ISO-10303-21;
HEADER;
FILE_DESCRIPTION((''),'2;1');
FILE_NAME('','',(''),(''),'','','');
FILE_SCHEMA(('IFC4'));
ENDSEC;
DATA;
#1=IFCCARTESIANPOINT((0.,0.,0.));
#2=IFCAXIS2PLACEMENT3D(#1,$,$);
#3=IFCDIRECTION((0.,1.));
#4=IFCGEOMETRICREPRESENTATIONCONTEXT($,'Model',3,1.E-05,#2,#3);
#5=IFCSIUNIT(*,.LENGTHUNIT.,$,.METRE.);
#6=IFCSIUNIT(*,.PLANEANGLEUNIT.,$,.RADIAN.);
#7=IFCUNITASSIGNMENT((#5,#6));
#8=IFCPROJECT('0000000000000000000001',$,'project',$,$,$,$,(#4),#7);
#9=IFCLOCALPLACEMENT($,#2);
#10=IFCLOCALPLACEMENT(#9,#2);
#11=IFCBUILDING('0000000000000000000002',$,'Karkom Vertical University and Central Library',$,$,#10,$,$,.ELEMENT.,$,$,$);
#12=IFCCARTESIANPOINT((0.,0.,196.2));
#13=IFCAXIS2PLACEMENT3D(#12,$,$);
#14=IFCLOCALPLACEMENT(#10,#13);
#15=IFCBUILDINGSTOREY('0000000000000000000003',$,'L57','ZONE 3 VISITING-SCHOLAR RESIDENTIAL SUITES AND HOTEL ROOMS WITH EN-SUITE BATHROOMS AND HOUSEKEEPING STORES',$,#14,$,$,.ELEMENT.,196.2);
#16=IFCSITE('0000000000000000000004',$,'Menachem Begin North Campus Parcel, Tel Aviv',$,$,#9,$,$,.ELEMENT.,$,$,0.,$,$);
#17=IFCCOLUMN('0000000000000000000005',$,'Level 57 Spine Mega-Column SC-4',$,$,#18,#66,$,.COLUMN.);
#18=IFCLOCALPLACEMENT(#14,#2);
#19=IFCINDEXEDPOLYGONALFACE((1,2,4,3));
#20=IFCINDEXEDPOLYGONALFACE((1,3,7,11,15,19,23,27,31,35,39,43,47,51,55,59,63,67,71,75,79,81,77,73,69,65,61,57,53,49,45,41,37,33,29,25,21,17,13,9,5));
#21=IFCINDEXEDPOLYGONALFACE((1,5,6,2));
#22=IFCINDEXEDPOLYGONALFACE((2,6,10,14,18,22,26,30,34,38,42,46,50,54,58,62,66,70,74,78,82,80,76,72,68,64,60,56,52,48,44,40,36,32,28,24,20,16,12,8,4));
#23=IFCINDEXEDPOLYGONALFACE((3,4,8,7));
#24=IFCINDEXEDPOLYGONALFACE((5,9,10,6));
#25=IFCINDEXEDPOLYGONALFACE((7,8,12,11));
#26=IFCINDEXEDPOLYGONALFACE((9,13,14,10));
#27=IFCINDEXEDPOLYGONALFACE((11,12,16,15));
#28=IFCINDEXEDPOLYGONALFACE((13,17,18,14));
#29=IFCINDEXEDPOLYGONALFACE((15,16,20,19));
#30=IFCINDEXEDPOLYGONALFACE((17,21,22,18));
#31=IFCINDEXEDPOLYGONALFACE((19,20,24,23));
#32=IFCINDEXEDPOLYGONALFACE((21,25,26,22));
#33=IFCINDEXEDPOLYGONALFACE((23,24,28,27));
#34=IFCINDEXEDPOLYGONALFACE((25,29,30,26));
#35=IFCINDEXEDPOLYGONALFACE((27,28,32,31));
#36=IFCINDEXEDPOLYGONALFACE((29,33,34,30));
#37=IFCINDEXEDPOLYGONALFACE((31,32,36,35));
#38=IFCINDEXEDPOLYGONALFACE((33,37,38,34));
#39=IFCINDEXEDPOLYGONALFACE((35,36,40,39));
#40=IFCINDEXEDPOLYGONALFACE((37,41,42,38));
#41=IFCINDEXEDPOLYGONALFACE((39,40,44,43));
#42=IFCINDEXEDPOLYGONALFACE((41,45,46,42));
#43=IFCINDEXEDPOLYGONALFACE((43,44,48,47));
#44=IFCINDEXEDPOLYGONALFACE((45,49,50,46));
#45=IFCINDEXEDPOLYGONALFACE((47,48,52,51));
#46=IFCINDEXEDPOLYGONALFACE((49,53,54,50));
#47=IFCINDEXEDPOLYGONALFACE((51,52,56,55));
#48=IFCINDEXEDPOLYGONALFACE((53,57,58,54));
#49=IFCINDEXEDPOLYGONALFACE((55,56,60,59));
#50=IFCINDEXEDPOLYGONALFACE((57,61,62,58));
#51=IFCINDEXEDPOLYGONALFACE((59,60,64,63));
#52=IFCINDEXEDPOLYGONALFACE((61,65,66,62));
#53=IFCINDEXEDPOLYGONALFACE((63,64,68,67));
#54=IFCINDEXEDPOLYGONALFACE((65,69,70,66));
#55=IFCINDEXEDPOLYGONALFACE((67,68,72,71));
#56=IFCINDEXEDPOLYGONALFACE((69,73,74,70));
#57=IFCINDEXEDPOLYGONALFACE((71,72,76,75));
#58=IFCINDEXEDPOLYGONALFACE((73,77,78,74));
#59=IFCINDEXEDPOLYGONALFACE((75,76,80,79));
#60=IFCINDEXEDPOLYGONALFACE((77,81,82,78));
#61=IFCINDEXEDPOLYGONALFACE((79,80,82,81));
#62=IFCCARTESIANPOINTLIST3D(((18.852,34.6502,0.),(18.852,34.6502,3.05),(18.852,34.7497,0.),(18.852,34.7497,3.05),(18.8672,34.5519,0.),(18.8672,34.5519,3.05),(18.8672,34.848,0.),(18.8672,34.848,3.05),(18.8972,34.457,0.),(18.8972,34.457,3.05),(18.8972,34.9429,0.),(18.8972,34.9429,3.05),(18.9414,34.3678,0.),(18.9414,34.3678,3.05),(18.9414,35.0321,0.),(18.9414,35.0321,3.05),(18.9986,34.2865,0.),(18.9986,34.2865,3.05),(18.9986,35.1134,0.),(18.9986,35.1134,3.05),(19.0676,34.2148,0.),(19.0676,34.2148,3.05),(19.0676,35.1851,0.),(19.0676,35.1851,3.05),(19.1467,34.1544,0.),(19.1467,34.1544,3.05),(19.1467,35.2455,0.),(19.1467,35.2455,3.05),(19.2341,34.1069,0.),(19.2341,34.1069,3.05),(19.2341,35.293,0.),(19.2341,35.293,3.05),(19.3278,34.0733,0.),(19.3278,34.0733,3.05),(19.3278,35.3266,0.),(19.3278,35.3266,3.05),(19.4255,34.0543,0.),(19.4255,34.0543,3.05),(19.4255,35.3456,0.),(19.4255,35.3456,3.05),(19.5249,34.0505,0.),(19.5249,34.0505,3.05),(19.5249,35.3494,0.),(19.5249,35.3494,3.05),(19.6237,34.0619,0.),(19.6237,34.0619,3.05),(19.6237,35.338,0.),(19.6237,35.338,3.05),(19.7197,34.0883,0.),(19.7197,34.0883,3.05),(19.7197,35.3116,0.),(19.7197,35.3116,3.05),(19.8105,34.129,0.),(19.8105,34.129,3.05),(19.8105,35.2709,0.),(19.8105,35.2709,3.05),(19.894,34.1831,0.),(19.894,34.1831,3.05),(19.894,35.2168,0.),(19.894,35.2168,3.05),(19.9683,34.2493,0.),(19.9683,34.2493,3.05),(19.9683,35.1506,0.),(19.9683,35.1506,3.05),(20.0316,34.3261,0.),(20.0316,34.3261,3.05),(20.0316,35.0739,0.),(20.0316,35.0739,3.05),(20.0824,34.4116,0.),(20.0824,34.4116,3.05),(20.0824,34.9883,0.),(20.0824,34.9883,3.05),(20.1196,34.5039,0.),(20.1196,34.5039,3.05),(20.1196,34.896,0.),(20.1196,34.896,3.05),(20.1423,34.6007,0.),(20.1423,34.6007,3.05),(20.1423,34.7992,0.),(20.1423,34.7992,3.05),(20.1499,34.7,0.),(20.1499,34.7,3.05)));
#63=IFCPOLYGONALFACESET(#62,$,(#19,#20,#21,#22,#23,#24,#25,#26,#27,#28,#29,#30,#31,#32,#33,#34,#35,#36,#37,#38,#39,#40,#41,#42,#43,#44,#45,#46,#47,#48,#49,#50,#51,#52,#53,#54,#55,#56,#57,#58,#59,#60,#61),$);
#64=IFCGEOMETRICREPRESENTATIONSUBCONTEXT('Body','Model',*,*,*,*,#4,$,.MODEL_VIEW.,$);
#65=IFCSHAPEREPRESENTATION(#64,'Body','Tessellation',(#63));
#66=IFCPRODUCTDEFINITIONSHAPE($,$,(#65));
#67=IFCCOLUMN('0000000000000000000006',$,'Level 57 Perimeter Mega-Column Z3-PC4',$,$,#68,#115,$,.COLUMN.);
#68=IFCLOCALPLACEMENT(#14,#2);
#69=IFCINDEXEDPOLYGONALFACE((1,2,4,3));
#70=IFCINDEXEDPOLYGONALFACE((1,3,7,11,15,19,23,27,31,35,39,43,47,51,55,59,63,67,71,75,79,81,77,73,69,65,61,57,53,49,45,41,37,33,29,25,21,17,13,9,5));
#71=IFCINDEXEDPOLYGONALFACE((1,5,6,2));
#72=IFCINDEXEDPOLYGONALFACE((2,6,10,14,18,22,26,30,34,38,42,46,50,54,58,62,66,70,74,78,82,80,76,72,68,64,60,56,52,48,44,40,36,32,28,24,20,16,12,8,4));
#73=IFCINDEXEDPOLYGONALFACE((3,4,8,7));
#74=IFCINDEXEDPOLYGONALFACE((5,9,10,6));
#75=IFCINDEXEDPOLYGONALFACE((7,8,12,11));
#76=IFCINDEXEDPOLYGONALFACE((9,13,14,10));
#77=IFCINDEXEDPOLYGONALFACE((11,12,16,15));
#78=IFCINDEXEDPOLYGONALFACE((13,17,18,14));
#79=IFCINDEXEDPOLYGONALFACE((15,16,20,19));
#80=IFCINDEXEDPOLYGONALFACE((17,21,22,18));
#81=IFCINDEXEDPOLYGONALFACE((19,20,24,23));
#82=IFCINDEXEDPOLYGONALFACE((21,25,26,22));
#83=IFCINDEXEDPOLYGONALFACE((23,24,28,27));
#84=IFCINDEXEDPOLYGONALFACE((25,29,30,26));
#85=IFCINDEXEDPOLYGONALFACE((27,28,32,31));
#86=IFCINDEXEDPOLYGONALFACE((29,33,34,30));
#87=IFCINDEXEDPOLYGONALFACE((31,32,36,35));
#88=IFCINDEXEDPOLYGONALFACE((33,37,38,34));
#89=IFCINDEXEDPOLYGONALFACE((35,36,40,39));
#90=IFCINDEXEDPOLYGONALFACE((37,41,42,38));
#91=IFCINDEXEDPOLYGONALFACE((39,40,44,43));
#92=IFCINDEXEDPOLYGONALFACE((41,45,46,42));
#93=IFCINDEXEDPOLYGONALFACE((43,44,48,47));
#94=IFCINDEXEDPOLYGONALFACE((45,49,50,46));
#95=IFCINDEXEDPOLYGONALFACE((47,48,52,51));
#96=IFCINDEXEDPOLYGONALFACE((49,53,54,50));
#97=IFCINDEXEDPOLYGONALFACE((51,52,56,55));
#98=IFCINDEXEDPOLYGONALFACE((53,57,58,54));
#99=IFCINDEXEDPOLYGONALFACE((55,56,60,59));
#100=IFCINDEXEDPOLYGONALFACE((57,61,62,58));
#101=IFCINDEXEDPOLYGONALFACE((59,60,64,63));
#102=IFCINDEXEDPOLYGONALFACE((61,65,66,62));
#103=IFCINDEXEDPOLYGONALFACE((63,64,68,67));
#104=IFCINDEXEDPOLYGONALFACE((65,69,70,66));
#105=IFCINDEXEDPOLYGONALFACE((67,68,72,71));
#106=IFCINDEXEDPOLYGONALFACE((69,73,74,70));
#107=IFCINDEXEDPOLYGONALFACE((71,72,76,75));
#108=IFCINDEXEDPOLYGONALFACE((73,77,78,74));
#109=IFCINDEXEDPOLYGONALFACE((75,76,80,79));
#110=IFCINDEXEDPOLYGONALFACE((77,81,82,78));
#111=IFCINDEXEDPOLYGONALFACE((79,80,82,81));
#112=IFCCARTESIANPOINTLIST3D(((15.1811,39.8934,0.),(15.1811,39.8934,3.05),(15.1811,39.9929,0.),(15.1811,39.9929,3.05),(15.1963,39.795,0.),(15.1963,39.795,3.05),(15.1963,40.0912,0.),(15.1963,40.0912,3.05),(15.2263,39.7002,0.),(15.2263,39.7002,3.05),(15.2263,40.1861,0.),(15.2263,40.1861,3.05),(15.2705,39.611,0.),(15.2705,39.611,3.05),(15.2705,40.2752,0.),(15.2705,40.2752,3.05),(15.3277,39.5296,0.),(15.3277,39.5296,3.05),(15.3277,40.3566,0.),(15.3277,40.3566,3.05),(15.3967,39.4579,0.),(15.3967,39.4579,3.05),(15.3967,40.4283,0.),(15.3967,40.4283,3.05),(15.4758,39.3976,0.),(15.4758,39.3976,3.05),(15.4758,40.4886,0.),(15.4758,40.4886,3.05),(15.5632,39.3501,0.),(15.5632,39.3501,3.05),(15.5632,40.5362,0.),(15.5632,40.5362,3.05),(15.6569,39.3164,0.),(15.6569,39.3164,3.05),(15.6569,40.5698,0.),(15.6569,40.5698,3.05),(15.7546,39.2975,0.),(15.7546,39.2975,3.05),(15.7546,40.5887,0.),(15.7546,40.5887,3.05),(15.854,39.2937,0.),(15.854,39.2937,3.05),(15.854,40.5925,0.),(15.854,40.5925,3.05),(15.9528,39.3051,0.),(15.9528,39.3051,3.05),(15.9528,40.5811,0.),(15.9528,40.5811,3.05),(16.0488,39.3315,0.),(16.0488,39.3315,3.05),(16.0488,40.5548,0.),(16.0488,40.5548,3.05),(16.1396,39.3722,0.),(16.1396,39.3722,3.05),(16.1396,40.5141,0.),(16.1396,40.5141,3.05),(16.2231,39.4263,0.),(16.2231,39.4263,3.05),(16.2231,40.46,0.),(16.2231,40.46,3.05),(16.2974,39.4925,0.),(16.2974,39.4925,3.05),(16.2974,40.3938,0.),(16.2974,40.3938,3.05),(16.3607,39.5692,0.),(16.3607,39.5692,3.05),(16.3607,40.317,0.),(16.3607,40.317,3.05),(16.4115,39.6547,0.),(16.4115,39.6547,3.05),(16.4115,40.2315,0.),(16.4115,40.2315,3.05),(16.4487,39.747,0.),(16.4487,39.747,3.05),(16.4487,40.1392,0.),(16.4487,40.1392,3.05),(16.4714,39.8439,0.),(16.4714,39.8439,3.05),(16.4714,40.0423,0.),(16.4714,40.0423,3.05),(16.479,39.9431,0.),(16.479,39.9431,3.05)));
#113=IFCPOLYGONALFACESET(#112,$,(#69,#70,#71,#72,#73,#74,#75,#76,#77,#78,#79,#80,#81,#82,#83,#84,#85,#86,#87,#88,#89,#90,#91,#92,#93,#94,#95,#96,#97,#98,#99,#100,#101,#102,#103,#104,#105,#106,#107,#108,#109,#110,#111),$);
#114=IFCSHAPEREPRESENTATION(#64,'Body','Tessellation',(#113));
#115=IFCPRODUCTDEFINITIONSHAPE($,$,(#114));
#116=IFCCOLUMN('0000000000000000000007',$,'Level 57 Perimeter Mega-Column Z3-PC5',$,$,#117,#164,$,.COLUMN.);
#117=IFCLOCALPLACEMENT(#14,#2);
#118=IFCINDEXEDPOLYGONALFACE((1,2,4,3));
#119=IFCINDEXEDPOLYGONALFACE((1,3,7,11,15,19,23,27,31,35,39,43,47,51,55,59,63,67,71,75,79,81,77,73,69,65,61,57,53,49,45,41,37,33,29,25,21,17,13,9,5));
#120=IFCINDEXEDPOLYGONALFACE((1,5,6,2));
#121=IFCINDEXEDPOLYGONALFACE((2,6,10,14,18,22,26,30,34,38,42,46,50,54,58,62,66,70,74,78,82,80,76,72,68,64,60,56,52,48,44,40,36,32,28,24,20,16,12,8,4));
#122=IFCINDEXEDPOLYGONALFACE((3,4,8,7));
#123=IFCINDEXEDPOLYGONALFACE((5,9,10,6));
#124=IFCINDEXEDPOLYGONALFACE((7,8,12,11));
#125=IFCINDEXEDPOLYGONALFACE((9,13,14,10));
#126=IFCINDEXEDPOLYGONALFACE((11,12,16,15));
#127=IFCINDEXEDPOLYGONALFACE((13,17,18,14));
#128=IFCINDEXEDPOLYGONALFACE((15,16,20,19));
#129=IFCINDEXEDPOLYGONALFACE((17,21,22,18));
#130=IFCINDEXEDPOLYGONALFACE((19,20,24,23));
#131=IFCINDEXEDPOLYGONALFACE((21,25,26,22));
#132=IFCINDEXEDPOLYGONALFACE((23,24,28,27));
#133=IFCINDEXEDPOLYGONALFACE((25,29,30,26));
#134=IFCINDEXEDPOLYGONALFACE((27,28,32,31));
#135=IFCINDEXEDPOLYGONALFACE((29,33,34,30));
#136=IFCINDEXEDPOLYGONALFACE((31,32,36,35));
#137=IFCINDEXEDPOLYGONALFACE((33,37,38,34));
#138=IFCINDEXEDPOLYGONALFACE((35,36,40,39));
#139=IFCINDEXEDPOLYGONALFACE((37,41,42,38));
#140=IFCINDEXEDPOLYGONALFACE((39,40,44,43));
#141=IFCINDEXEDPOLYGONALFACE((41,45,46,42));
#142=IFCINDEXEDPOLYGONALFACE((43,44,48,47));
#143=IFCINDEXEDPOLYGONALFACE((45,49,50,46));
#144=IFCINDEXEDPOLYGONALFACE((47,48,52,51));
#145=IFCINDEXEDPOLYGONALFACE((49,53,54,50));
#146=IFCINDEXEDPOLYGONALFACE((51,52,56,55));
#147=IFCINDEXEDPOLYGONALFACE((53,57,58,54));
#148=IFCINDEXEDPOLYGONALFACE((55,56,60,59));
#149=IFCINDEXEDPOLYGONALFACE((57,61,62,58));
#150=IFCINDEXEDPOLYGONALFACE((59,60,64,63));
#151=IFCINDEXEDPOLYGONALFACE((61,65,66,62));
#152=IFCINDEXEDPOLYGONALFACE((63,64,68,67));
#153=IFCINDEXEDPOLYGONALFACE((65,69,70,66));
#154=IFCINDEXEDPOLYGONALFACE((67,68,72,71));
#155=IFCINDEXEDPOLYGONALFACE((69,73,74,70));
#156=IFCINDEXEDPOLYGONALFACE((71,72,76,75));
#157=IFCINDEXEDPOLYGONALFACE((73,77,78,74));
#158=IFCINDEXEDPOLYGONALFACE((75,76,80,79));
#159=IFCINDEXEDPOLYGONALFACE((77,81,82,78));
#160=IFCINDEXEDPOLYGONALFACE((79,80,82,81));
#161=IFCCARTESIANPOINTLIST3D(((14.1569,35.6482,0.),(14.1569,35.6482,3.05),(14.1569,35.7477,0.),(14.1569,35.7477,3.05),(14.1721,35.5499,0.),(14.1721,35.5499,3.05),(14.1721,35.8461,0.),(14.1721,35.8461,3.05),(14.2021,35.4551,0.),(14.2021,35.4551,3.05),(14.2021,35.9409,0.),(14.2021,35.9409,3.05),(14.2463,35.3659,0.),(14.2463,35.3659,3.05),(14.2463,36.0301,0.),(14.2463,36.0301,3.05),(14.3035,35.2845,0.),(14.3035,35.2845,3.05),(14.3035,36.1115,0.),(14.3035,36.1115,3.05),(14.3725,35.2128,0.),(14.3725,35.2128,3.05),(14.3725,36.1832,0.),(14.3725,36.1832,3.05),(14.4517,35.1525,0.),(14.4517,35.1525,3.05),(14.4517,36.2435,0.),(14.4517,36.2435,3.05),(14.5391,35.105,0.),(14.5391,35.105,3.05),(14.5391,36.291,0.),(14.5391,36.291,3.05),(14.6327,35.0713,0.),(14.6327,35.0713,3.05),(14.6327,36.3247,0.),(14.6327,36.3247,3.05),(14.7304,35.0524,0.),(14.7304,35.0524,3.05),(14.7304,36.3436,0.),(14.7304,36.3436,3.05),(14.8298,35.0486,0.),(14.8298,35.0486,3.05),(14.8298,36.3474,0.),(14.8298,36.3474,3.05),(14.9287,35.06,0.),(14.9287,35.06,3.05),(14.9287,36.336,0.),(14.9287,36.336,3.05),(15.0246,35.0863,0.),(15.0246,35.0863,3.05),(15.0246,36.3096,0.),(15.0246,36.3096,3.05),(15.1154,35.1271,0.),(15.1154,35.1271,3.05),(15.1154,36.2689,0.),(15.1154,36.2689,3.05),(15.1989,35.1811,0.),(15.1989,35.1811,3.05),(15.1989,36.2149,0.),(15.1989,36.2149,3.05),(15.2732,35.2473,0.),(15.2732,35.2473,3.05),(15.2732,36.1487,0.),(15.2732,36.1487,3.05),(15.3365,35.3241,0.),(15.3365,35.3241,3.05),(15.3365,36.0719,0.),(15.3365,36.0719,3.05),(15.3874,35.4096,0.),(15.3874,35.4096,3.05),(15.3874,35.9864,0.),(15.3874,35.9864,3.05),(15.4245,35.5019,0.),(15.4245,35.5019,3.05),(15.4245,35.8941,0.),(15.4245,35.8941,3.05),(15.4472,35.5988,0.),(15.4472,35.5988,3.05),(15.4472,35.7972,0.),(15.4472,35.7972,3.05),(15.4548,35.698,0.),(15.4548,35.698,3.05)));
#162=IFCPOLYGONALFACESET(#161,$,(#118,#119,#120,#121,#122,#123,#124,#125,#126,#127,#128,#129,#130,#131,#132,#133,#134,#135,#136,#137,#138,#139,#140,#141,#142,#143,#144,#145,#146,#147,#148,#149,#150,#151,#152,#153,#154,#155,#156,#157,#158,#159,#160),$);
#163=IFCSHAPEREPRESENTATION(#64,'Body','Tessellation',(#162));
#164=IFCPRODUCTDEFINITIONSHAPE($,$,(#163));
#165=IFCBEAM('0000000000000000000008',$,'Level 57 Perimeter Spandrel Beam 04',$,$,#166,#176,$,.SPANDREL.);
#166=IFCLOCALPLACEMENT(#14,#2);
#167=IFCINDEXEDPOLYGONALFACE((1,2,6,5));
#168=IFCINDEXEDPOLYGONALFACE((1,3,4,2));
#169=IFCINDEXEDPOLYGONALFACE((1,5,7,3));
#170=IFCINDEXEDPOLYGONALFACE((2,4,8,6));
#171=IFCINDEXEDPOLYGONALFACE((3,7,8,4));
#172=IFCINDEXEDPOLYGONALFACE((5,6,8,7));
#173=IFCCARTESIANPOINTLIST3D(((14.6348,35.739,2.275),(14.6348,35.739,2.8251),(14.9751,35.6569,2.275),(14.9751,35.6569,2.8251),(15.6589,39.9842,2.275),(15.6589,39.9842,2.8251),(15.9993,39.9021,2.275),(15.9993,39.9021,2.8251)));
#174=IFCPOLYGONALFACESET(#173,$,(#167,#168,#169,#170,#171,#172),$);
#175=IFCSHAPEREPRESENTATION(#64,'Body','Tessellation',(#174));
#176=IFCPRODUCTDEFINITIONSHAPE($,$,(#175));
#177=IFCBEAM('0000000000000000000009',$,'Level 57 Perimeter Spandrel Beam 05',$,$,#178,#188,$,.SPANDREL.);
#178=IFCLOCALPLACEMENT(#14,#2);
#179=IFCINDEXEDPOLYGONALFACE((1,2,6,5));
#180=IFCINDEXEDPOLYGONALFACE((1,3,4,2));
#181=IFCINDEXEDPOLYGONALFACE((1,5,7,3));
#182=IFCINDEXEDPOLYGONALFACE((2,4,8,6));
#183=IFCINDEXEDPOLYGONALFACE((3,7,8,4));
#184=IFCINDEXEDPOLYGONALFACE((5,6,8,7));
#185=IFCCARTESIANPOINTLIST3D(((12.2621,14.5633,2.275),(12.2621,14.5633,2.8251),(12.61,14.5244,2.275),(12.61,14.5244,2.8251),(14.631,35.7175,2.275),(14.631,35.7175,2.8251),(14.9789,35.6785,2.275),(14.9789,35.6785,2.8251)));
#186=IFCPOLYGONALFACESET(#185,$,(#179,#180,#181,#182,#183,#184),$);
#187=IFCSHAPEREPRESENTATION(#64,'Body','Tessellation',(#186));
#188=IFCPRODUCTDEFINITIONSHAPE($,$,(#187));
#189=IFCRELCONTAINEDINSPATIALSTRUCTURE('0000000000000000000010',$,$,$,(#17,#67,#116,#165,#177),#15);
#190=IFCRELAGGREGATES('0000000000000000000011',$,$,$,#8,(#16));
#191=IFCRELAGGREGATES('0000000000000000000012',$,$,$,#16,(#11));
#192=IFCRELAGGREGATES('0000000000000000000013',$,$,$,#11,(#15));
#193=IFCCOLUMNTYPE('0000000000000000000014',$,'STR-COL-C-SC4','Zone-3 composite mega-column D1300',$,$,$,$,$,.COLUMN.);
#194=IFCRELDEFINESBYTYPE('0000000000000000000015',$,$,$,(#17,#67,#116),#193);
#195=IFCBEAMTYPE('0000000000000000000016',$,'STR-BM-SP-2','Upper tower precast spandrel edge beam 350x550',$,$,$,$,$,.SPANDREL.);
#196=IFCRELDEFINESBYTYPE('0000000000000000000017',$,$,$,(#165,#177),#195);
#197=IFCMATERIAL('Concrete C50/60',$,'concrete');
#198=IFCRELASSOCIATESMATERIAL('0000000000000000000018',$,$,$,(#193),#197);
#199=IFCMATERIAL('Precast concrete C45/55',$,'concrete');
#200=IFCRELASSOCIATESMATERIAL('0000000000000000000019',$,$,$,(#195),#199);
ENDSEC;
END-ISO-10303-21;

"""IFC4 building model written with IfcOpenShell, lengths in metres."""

from ifc_helpers import new_model, si_unit, direction, frame, origin, origin_with_axes, origin_2d, place, context, subcontext, project, spatial, rectangle, circle, extrude, source, transform, mapped, material, material_profile, profile_set, type_object, element, save


model = new_model("IFC4")

# Units and contexts
model_context = context("Model", 3, precision=1e-05, world=origin(), true_north=direction((0.0, 1.0)))
body_context = subcontext(model_context, "Body", "Model", "MODEL_VIEW")
ifc_project = project(units=[si_unit("LENGTHUNIT", "METRE"), si_unit("PLANEANGLEUNIT", "RADIAN")], contexts=[model_context])

# Site, building, storey
site_placement = place(None, origin())
site = spatial("IfcSite", under=ifc_project, at=site_placement, Name="Menachem Begin North Campus Parcel, Tel Aviv", CompositionType="ELEMENT", RefElevation=0.0)
building_placement = place(site_placement, origin())
building = spatial("IfcBuilding", under=site, at=building_placement, Name="Karkom Vertical University and Central Library", CompositionType="ELEMENT")
storey_placement = place(building_placement, frame((0.0, 0.0, 196.2)))
storey = spatial("IfcBuildingStorey", under=building, at=storey_placement, Name="L57", Description="ZONE 3 VISITING-SCHOLAR RESIDENTIAL SUITES AND HOTEL ROOMS WITH EN-SUITE BATHROOMS AND HOUSEKEEPING STORES", CompositionType="ELEMENT", Elevation=196.2)

# Columns
ifc_material_1 = material(Name="Concrete C50/60", Category="concrete")
ifc_material_profile_1 = material_profile(ifc_material_1, circle(Radius=0.6499, at=origin_2d()), Name="CFT-D1300")
ifc_profile_set_1 = profile_set([ifc_material_profile_1], Name="Concrete C50/60")
column_type = type_object("IfcColumnType", Name="STR-COL-C-SC4", Description="Zone-3 composite mega-column D1300", PredefinedType="COLUMN", material=ifc_profile_set_1)
shared_shape_1 = source(origin_with_axes(), body_context, "Body", "SweptSolid", [
    extrude(circle(Radius=0.6499, at=origin_2d()), origin(), (0.0, 0.0, 1.0), 3.05),
])
for number, where, z_axis, x_axis, name in (
    (1, (19.5, 34.7, 0.0), (0.0, 0.0, 1.0), (1.0, 0.0, 0.0), "Level 57 Spine Mega-Column SC-4"),
    (2, (15.8291, 39.9431, 0.0), (0.0, 0.0, 1.0), (1.0, 0.0, 0.0), "Level 57 Perimeter Mega-Column Z3-PC4"),
    (3, (14.8049, 35.698, 0.0), (0.0, 0.0, 1.0), (1.0, 0.0, 0.0), "Level 57 Perimeter Mega-Column Z3-PC5"),
):
    element("IfcColumn", number, at=place(storey_placement, frame(where, z_axis=z_axis, x_axis=x_axis)), inside=storey, type_object=column_type, Name=name, PredefinedType="COLUMN", context=body_context, shape_type="MappedRepresentation", body=[
        mapped(shared_shape_1, transform((0.0, 0.0, 0.0), scale=1.0)),
    ])

# Beams
ifc_material_2 = material(Name="Precast concrete C45/55", Category="concrete")
ifc_material_profile_2 = material_profile(ifc_material_2, rectangle(XDim=0.3501, YDim=0.55, at=origin_2d()), Name="SPB-350x550")
ifc_profile_set_2 = profile_set([ifc_material_profile_2], Name="Precast concrete C45/55")
beam_type_1 = type_object("IfcBeamType", Name="STR-BM-SP-2", Description="Upper tower precast spandrel edge beam 350x550", PredefinedType="SPANDREL", material=ifc_profile_set_2)
shared_shape_2 = source(origin_with_axes(), body_context, "Body", "SweptSolid", [
    extrude(rectangle(XDim=0.3501, YDim=0.55, at=origin_2d()), origin(), (0.0, 0.0, 1.0), 4.3669),
])
beam_1_placement = place(storey_placement, frame((15.8291, 39.9431, 2.55), z_axis=(-0.234529, -0.972109, 0.0), x_axis=(0.972109, -0.234529, 0.0)))
element("IfcBeam", 4, at=beam_1_placement, inside=storey, type_object=beam_type_1, Name="Level 57 Perimeter Spandrel Beam 04", PredefinedType="SPANDREL", context=body_context, shape_type="MappedRepresentation", body=[
    mapped(shared_shape_2, transform((0.0, 0.0, 0.0), scale=1.0)),
])
shared_shape_3 = source(origin_with_axes(), body_context, "Body", "SweptSolid", [
    extrude(rectangle(XDim=0.3501, YDim=0.55, at=origin_2d()), origin(), (0.0, 0.0, 1.0), 21.2864),
])
beam_2_placement = place(storey_placement, frame((14.8049, 35.698, 2.55), z_axis=(-0.111287, -0.993788, 0.0), x_axis=(0.993788, -0.111287, 0.0)))
element("IfcBeam", 5, at=beam_2_placement, inside=storey, type_object=beam_type_1, Name="Level 57 Perimeter Spandrel Beam 05", PredefinedType="SPANDREL", context=body_context, shape_type="MappedRepresentation", body=[
    mapped(shared_shape_3, transform((0.0, 0.0, 0.0), scale=1.0)),
])

save(model, "model.ifc")
